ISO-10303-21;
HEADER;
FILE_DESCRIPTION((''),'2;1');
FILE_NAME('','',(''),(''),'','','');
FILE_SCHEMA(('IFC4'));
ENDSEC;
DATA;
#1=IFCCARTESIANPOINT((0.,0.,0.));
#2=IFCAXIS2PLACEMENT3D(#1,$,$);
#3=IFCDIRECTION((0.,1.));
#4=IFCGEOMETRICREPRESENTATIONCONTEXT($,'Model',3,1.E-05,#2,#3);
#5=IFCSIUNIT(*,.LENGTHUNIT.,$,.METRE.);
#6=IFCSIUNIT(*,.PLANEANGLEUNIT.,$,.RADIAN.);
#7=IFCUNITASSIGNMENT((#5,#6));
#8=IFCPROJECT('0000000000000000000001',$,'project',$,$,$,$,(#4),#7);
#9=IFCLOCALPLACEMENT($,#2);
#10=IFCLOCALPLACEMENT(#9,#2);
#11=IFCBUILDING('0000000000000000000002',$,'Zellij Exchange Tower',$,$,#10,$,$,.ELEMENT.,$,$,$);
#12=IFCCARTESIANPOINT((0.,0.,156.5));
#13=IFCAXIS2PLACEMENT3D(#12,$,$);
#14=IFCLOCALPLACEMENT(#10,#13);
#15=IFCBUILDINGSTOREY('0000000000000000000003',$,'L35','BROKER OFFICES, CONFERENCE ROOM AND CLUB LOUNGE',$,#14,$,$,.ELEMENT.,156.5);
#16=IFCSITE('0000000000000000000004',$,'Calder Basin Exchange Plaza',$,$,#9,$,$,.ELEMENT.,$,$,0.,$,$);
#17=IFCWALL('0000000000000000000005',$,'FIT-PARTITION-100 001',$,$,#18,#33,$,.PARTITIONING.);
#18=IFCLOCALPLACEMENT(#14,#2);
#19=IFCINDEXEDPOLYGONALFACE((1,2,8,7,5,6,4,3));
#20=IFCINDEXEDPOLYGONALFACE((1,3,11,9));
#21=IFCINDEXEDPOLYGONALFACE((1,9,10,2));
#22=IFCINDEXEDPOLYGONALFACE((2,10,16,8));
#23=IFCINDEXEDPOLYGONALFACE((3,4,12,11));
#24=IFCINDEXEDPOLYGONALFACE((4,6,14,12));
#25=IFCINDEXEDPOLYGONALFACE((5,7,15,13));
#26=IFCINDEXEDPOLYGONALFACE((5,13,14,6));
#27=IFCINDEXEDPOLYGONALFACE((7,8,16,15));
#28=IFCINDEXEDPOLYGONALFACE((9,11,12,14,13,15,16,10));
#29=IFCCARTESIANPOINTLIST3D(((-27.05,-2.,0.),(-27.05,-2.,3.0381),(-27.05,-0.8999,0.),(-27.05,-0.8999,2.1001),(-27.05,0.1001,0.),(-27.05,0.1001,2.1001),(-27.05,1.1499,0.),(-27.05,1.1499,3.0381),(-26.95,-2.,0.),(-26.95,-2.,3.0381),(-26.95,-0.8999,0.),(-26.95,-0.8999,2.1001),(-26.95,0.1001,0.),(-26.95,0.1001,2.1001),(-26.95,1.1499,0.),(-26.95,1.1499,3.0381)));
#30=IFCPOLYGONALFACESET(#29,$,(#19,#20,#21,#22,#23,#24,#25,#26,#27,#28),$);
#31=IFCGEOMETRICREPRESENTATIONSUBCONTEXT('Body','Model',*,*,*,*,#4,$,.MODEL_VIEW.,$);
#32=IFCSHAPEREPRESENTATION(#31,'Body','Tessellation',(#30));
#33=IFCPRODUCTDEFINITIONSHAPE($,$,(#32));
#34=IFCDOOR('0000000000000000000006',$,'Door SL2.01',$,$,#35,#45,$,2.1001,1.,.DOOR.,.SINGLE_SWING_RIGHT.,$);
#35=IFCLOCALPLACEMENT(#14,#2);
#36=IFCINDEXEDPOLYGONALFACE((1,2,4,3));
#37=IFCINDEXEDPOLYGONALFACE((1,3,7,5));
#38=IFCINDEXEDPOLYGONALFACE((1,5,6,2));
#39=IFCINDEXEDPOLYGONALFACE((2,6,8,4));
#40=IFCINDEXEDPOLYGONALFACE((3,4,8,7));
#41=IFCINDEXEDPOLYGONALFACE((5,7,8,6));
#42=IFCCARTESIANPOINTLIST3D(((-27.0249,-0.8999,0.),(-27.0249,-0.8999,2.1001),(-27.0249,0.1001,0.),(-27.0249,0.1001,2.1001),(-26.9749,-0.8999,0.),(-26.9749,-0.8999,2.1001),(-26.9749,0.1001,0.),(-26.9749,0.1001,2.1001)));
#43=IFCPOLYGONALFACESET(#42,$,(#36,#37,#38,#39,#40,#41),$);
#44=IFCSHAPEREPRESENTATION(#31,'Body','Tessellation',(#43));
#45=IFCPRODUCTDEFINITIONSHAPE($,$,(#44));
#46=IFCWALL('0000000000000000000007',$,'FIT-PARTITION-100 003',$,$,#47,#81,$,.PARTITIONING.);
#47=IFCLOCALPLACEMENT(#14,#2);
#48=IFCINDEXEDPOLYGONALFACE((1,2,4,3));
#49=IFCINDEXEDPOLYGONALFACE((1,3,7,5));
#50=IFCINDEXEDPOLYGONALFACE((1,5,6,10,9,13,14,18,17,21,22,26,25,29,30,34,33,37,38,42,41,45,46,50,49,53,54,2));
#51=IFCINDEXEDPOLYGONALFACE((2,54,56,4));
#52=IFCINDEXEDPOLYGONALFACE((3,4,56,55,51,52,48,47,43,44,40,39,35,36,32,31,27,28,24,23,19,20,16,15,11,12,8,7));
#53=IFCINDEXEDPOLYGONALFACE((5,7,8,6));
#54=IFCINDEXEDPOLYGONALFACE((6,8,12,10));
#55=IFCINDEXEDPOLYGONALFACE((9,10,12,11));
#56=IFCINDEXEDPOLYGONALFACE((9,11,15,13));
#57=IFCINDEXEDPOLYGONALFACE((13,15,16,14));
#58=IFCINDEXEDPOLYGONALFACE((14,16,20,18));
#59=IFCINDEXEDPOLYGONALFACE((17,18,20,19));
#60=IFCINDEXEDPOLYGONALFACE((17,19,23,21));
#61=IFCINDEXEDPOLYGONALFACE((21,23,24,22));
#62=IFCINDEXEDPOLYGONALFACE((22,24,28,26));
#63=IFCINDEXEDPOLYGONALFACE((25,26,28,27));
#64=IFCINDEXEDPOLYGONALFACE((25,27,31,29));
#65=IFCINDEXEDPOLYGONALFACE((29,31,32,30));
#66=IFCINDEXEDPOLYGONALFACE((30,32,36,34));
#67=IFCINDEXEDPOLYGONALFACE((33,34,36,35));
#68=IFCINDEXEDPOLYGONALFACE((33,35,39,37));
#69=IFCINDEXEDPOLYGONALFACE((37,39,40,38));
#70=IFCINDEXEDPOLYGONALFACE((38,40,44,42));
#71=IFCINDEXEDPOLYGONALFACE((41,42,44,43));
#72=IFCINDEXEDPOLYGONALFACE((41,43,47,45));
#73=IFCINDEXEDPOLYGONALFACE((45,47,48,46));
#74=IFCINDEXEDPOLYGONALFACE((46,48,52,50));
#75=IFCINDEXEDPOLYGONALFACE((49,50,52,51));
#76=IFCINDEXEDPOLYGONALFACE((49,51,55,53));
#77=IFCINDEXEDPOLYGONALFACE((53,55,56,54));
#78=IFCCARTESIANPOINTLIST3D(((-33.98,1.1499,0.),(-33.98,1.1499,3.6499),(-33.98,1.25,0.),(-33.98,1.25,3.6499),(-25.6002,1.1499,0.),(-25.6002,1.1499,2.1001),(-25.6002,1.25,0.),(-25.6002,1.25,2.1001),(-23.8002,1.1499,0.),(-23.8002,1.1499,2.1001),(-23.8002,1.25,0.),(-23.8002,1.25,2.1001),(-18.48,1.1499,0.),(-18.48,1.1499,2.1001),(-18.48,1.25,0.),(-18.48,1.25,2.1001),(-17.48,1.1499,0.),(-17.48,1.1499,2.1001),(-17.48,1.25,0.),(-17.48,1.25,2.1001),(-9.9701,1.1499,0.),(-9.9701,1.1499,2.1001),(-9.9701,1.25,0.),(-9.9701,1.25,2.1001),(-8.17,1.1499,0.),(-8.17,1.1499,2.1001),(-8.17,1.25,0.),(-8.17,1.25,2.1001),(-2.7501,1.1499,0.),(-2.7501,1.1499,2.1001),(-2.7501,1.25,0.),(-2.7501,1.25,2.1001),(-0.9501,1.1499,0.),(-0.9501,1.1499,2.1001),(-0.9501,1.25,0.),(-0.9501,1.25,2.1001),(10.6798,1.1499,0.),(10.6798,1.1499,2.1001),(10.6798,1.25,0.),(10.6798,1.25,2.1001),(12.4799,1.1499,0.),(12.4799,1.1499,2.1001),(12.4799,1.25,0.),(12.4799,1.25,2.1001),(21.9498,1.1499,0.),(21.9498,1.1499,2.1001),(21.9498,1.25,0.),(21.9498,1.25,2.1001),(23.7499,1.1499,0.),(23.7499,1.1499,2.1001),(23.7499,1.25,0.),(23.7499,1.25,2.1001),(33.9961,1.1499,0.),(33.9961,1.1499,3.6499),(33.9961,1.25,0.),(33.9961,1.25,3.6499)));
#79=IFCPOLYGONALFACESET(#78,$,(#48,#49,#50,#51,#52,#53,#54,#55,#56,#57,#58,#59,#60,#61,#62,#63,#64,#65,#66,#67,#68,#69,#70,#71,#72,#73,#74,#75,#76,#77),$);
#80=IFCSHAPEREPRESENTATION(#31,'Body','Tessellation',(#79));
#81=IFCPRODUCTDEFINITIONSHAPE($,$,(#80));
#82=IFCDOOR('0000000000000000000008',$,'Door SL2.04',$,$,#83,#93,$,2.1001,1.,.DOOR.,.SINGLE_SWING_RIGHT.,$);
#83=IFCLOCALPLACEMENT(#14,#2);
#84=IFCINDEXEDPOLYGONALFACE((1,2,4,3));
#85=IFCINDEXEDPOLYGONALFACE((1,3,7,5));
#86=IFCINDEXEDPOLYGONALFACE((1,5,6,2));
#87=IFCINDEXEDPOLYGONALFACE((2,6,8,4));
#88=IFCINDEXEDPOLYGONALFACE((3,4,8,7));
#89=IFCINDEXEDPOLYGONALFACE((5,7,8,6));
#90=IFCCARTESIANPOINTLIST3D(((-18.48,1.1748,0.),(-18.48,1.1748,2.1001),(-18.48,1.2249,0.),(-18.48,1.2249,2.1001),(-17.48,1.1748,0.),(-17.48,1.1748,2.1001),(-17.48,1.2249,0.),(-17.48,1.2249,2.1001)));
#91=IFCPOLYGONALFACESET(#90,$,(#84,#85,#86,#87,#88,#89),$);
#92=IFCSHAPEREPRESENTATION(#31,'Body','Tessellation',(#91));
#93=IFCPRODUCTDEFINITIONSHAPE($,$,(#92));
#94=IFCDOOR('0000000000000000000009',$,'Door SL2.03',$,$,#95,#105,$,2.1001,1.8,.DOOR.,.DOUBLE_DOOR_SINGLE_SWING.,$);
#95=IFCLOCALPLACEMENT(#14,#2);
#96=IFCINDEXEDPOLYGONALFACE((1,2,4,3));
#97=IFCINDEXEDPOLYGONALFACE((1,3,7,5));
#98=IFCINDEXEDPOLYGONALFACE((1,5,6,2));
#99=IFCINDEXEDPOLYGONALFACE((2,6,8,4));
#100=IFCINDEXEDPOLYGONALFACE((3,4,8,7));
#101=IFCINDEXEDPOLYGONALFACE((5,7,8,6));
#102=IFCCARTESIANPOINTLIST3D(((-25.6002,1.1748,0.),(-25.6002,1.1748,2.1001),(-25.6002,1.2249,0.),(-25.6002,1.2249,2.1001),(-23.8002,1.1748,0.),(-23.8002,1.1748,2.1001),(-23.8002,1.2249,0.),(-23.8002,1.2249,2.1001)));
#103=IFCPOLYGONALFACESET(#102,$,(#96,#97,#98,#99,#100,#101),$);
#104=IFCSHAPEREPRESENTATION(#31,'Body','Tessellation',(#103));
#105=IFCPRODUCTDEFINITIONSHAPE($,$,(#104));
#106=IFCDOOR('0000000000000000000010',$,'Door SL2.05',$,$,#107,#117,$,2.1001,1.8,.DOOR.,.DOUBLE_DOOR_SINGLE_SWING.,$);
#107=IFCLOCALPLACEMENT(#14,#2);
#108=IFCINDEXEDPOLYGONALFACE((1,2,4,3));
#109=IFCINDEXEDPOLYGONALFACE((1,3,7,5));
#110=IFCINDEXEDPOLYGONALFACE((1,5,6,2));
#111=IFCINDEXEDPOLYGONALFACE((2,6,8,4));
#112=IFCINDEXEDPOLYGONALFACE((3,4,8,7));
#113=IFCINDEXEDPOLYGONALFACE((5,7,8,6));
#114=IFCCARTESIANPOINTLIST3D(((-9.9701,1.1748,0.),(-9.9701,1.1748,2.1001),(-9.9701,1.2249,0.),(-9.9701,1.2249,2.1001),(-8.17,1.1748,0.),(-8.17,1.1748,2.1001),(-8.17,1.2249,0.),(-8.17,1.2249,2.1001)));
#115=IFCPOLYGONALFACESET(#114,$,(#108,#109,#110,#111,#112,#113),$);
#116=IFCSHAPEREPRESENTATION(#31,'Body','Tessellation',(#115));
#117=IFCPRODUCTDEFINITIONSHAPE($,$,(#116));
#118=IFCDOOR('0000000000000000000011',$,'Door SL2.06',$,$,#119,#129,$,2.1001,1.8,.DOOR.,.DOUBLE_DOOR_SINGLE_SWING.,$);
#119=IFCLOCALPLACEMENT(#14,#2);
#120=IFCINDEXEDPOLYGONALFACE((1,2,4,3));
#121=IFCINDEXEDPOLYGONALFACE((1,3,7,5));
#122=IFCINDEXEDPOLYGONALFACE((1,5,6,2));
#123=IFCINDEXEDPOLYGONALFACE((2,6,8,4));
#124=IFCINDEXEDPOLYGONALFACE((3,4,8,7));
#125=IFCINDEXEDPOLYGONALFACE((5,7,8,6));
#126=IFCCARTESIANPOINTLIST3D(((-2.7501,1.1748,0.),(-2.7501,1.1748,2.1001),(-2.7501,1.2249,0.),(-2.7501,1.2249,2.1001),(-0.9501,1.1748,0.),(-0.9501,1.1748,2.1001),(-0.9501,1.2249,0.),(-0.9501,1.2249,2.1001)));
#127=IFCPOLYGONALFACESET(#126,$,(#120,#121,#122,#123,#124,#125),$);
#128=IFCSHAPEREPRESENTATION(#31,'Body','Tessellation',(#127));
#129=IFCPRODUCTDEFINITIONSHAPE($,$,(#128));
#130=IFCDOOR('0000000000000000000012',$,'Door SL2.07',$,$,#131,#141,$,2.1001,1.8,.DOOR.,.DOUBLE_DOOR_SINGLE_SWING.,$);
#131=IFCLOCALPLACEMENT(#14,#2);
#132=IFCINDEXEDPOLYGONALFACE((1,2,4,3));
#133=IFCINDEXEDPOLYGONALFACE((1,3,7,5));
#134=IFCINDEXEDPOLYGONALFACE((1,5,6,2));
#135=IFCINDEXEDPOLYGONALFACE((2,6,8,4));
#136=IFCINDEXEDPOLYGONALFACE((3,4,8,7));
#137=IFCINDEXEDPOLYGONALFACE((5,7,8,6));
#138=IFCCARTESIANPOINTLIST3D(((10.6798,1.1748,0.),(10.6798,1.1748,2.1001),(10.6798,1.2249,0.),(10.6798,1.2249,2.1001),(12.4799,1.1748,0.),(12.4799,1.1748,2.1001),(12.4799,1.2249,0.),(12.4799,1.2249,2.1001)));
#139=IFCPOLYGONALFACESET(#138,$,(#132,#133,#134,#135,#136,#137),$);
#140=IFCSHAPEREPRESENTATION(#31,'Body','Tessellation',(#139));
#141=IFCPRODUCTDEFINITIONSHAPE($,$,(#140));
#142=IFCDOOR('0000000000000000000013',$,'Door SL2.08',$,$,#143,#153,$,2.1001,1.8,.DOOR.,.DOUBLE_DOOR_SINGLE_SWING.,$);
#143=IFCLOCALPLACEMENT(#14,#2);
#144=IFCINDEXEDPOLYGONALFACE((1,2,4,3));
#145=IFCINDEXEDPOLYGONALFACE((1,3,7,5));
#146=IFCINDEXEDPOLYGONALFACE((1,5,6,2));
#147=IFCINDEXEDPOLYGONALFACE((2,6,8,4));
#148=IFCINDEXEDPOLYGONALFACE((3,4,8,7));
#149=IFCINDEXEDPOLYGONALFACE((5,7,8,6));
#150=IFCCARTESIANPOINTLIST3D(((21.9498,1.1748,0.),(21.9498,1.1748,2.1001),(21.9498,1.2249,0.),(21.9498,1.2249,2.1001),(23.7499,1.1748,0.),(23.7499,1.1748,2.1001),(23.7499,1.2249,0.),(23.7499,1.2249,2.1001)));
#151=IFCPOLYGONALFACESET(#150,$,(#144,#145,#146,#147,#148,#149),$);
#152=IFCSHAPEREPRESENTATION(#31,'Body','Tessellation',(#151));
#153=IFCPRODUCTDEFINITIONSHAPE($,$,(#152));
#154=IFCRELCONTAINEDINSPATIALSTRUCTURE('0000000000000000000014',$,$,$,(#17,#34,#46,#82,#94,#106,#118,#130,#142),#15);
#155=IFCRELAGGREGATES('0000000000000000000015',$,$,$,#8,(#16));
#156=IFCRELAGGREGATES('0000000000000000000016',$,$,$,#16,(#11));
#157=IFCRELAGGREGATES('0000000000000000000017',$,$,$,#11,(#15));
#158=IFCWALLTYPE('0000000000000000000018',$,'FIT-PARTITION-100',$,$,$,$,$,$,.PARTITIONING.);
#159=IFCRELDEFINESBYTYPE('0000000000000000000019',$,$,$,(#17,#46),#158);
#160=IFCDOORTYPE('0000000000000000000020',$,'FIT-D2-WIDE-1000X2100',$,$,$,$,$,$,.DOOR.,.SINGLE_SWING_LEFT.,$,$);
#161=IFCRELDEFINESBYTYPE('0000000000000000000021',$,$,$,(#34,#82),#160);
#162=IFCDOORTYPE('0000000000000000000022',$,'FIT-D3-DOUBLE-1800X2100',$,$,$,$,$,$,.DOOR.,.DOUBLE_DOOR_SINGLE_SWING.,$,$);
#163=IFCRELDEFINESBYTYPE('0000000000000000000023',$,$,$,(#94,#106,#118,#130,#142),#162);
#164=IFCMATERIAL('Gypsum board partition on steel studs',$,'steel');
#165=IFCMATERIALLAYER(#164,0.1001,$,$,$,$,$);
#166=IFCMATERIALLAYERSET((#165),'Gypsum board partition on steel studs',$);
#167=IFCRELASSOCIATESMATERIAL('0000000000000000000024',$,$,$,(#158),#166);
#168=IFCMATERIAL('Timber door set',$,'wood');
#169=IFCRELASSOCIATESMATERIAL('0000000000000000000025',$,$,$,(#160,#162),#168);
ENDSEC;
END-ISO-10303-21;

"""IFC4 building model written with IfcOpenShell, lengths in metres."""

from ifc_helpers import new_model, si_unit, direction, frame, frame_2d, origin, place, context, subcontext, project, spatial, rectangle, extrude, material, layer, layer_set, type_object, element, fill, save


model = new_model("IFC4")

# Units and contexts
model_context = context("Model", 3, precision=1e-05, world=origin(), true_north=direction((0.0, 1.0)))
body_context = subcontext(model_context, "Body", "Model", "MODEL_VIEW")
ifc_project = project(units=[si_unit("LENGTHUNIT", "METRE"), si_unit("PLANEANGLEUNIT", "RADIAN")], contexts=[model_context])

# Site, building, storey
site_placement = place(None, origin())
site = spatial("IfcSite", under=ifc_project, at=site_placement, Name="Calder Basin Exchange Plaza", CompositionType="ELEMENT", RefElevation=0.0)
building_placement = place(site_placement, origin())
building = spatial("IfcBuilding", under=site, at=building_placement, Name="Zellij Exchange Tower", CompositionType="ELEMENT")
storey_placement = place(building_placement, frame((0.0, 0.0, 156.5)))
storey = spatial("IfcBuildingStorey", under=building, at=storey_placement, Name="L35", Description="BROKER OFFICES, CONFERENCE ROOM AND CLUB LOUNGE", CompositionType="ELEMENT", Elevation=156.5)

# Wall, opening, door
ifc_material_1 = material(Name="Gypsum board partition on steel studs", Category="steel")
ifc_layer_1 = layer(ifc_material_1, 0.1001)
ifc_layer_set_1 = layer_set([ifc_layer_1], Name="Gypsum board partition on steel studs")
wall_type = type_object("IfcWallType", Name="FIT-PARTITION-100", PredefinedType="PARTITIONING", material=ifc_layer_set_1)
wall_1_placement = place(storey_placement, frame((-27.0, -2.0, 0.0), z_axis=(0.0, 0.0, 1.0), x_axis=(0.0, 1.0, 0.0)))
wall_1 = element("IfcWall", 1, at=wall_1_placement, inside=storey, type_object=wall_type, Name="FIT-PARTITION-100 001", PredefinedType="PARTITIONING", context=body_context, shape_type="SweptSolid", body=[
    extrude(rectangle(XDim=3.1499, YDim=0.1001, at=frame_2d((1.575, 0.0))), origin(), (0.0, 0.0, 1.0), 3.0381),
])
opening_1_placement = place(wall_1_placement, frame((1.1001, 0.0, 0.0)))
opening_1 = element("IfcOpeningElement", 2, at=opening_1_placement, cuts=wall_1, PredefinedType="OPENING", context=body_context, shape_type="SweptSolid", body=[
    extrude(rectangle(XDim=1.0, YDim=2.1001, at=frame_2d((0.5, 1.05))), frame((0.0, 0.062, 0.0), z_axis=(0.0, -1.0, 0.0), x_axis=(1.0, 0.0, 0.0)), (0.0, 0.0, 1.0), 0.124),
])
ifc_material_2 = material(Name="Timber door set", Category="wood")
door_type_1 = type_object("IfcDoorType", Name="FIT-D2-WIDE-1000X2100", OperationType="SINGLE_SWING_LEFT", PredefinedType="DOOR", material=ifc_material_2)
door_1_placement = place(opening_1_placement, origin())
door_1 = element("IfcDoor", 3, at=door_1_placement, inside=storey, type_object=door_type_1, Name="Door SL2.01", OperationType="SINGLE_SWING_RIGHT", OverallHeight=2.1001, OverallWidth=1.0, PredefinedType="DOOR", context=body_context, shape_type="SweptSolid", body=[
    extrude(rectangle(XDim=1.0, YDim=2.1001, at=frame_2d((0.5, 1.05))), frame((0.0, 0.0249, 0.0), z_axis=(0.0, -1.0, 0.0), x_axis=(1.0, 0.0, 0.0)), (0.0, 0.0, 1.0), 0.05),
])
fill(opening_1, door_1)

# Wall, openings, doors
wall_2_placement = place(storey_placement, frame((-33.98, 1.2, 0.0), z_axis=(0.0, 0.0, 1.0), x_axis=(1.0, 0.0, 0.0)))
wall_2 = element("IfcWall", 4, at=wall_2_placement, inside=storey, type_object=wall_type, Name="FIT-PARTITION-100 003", PredefinedType="PARTITIONING", context=body_context, shape_type="SweptSolid", body=[
    extrude(rectangle(XDim=67.9761, YDim=0.1001, at=frame_2d((33.988, 0.0))), origin(), (0.0, 0.0, 1.0), 3.6499),
])
opening_2_placement = place(wall_2_placement, frame((8.3799, 0.0, 0.0)))
opening_2 = element("IfcOpeningElement", 5, at=opening_2_placement, cuts=wall_2, PredefinedType="OPENING", context=body_context, shape_type="SweptSolid", body=[
    extrude(rectangle(XDim=1.8, YDim=2.1001, at=frame_2d((0.8999, 1.05))), frame((0.0, 0.062, 0.0), z_axis=(0.0, -1.0, 0.0), x_axis=(1.0, 0.0, 0.0)), (0.0, 0.0, 1.0), 0.124),
])
opening_3_placement = place(wall_2_placement, frame((15.5, 0.0, 0.0)))
opening_3 = element("IfcOpeningElement", 6, at=opening_3_placement, cuts=wall_2, PredefinedType="OPENING", context=body_context, shape_type="SweptSolid", body=[
    extrude(rectangle(XDim=1.0, YDim=2.1001, at=frame_2d((0.5, 1.05))), frame((0.0, 0.062, 0.0), z_axis=(0.0, -1.0, 0.0), x_axis=(1.0, 0.0, 0.0)), (0.0, 0.0, 1.0), 0.124),
])
opening_4_placement = place(wall_2_placement, frame((24.01, 0.0, 0.0)))
opening_4 = element("IfcOpeningElement", 7, at=opening_4_placement, cuts=wall_2, PredefinedType="OPENING", context=body_context, shape_type="SweptSolid", body=[
    extrude(rectangle(XDim=1.8, YDim=2.1001, at=frame_2d((0.8999, 1.05))), frame((0.0, 0.062, 0.0), z_axis=(0.0, -1.0, 0.0), x_axis=(1.0, 0.0, 0.0)), (0.0, 0.0, 1.0), 0.124),
])
opening_5_placement = place(wall_2_placement, frame((31.23, 0.0, 0.0)))
opening_5 = element("IfcOpeningElement", 8, at=opening_5_placement, cuts=wall_2, PredefinedType="OPENING", context=body_context, shape_type="SweptSolid", body=[
    extrude(rectangle(XDim=1.8, YDim=2.1001, at=frame_2d((0.8999, 1.05))), frame((0.0, 0.062, 0.0), z_axis=(0.0, -1.0, 0.0), x_axis=(1.0, 0.0, 0.0)), (0.0, 0.0, 1.0), 0.124),
])
opening_6_placement = place(wall_2_placement, frame((44.6599, 0.0, 0.0)))
opening_6 = element("IfcOpeningElement", 9, at=opening_6_placement, cuts=wall_2, PredefinedType="OPENING", context=body_context, shape_type="SweptSolid", body=[
    extrude(rectangle(XDim=1.8, YDim=2.1001, at=frame_2d((0.8999, 1.05))), frame((0.0, 0.062, 0.0), z_axis=(0.0, -1.0, 0.0), x_axis=(1.0, 0.0, 0.0)), (0.0, 0.0, 1.0), 0.124),
])
opening_7_placement = place(wall_2_placement, frame((55.9299, 0.0, 0.0)))
opening_7 = element("IfcOpeningElement", 10, at=opening_7_placement, cuts=wall_2, PredefinedType="OPENING", context=body_context, shape_type="SweptSolid", body=[
    extrude(rectangle(XDim=1.8, YDim=2.1001, at=frame_2d((0.8999, 1.05))), frame((0.0, 0.062, 0.0), z_axis=(0.0, -1.0, 0.0), x_axis=(1.0, 0.0, 0.0)), (0.0, 0.0, 1.0), 0.124),
])
door_2_placement = place(opening_3_placement, origin())
door_2 = element("IfcDoor", 11, at=door_2_placement, inside=storey, type_object=door_type_1, Name="Door SL2.04", OperationType="SINGLE_SWING_RIGHT", OverallHeight=2.1001, OverallWidth=1.0, PredefinedType="DOOR", context=body_context, shape_type="SweptSolid", body=[
    extrude(rectangle(XDim=1.0, YDim=2.1001, at=frame_2d((0.5, 1.05))), frame((0.0, 0.0249, 0.0), z_axis=(0.0, -1.0, 0.0), x_axis=(1.0, 0.0, 0.0)), (0.0, 0.0, 1.0), 0.05),
])
fill(opening_3, door_2)
door_type_2 = type_object("IfcDoorType", Name="FIT-D3-DOUBLE-1800X2100", OperationType="DOUBLE_DOOR_SINGLE_SWING", PredefinedType="DOOR", material=ifc_material_2)
door_3_placement = place(opening_2_placement, origin())
door_3 = element("IfcDoor", 12, at=door_3_placement, inside=storey, type_object=door_type_2, Name="Door SL2.03", OperationType="DOUBLE_DOOR_SINGLE_SWING", OverallHeight=2.1001, OverallWidth=1.8, PredefinedType="DOOR", context=body_context, shape_type="SweptSolid", body=[
    extrude(rectangle(XDim=1.8, YDim=2.1001, at=frame_2d((0.8999, 1.05))), frame((0.0, 0.0249, 0.0), z_axis=(0.0, -1.0, 0.0), x_axis=(1.0, 0.0, 0.0)), (0.0, 0.0, 1.0), 0.05),
])
fill(opening_2, door_3)
door_4_placement = place(opening_4_placement, origin())
door_4 = element("IfcDoor", 13, at=door_4_placement, inside=storey, type_object=door_type_2, Name="Door SL2.05", OperationType="DOUBLE_DOOR_SINGLE_SWING", OverallHeight=2.1001, OverallWidth=1.8, PredefinedType="DOOR", context=body_context, shape_type="SweptSolid", body=[
    extrude(rectangle(XDim=1.8, YDim=2.1001, at=frame_2d((0.8999, 1.05))), frame((0.0, 0.0249, 0.0), z_axis=(0.0, -1.0, 0.0), x_axis=(1.0, 0.0, 0.0)), (0.0, 0.0, 1.0), 0.05),
])
fill(opening_4, door_4)
door_5_placement = place(opening_5_placement, origin())
door_5 = element("IfcDoor", 14, at=door_5_placement, inside=storey, type_object=door_type_2, Name="Door SL2.06", OperationType="DOUBLE_DOOR_SINGLE_SWING", OverallHeight=2.1001, OverallWidth=1.8, PredefinedType="DOOR", context=body_context, shape_type="SweptSolid", body=[
    extrude(rectangle(XDim=1.8, YDim=2.1001, at=frame_2d((0.8999, 1.05))), frame((0.0, 0.0249, 0.0), z_axis=(0.0, -1.0, 0.0), x_axis=(1.0, 0.0, 0.0)), (0.0, 0.0, 1.0), 0.05),
])
fill(opening_5, door_5)
door_6_placement = place(opening_6_placement, origin())
door_6 = element("IfcDoor", 15, at=door_6_placement, inside=storey, type_object=door_type_2, Name="Door SL2.07", OperationType="DOUBLE_DOOR_SINGLE_SWING", OverallHeight=2.1001, OverallWidth=1.8, PredefinedType="DOOR", context=body_context, shape_type="SweptSolid", body=[
    extrude(rectangle(XDim=1.8, YDim=2.1001, at=frame_2d((0.8999, 1.05))), frame((0.0, 0.0249, 0.0), z_axis=(0.0, -1.0, 0.0), x_axis=(1.0, 0.0, 0.0)), (0.0, 0.0, 1.0), 0.05),
])
fill(opening_6, door_6)
door_7_placement = place(opening_7_placement, origin())
door_7 = element("IfcDoor", 16, at=door_7_placement, inside=storey, type_object=door_type_2, Name="Door SL2.08", OperationType="DOUBLE_DOOR_SINGLE_SWING", OverallHeight=2.1001, OverallWidth=1.8, PredefinedType="DOOR", context=body_context, shape_type="SweptSolid", body=[
    extrude(rectangle(XDim=1.8, YDim=2.1001, at=frame_2d((0.8999, 1.05))), frame((0.0, 0.0249, 0.0), z_axis=(0.0, -1.0, 0.0), x_axis=(1.0, 0.0, 0.0)), (0.0, 0.0, 1.0), 0.05),
])
fill(opening_7, door_7)

save(model, "model.ifc")
